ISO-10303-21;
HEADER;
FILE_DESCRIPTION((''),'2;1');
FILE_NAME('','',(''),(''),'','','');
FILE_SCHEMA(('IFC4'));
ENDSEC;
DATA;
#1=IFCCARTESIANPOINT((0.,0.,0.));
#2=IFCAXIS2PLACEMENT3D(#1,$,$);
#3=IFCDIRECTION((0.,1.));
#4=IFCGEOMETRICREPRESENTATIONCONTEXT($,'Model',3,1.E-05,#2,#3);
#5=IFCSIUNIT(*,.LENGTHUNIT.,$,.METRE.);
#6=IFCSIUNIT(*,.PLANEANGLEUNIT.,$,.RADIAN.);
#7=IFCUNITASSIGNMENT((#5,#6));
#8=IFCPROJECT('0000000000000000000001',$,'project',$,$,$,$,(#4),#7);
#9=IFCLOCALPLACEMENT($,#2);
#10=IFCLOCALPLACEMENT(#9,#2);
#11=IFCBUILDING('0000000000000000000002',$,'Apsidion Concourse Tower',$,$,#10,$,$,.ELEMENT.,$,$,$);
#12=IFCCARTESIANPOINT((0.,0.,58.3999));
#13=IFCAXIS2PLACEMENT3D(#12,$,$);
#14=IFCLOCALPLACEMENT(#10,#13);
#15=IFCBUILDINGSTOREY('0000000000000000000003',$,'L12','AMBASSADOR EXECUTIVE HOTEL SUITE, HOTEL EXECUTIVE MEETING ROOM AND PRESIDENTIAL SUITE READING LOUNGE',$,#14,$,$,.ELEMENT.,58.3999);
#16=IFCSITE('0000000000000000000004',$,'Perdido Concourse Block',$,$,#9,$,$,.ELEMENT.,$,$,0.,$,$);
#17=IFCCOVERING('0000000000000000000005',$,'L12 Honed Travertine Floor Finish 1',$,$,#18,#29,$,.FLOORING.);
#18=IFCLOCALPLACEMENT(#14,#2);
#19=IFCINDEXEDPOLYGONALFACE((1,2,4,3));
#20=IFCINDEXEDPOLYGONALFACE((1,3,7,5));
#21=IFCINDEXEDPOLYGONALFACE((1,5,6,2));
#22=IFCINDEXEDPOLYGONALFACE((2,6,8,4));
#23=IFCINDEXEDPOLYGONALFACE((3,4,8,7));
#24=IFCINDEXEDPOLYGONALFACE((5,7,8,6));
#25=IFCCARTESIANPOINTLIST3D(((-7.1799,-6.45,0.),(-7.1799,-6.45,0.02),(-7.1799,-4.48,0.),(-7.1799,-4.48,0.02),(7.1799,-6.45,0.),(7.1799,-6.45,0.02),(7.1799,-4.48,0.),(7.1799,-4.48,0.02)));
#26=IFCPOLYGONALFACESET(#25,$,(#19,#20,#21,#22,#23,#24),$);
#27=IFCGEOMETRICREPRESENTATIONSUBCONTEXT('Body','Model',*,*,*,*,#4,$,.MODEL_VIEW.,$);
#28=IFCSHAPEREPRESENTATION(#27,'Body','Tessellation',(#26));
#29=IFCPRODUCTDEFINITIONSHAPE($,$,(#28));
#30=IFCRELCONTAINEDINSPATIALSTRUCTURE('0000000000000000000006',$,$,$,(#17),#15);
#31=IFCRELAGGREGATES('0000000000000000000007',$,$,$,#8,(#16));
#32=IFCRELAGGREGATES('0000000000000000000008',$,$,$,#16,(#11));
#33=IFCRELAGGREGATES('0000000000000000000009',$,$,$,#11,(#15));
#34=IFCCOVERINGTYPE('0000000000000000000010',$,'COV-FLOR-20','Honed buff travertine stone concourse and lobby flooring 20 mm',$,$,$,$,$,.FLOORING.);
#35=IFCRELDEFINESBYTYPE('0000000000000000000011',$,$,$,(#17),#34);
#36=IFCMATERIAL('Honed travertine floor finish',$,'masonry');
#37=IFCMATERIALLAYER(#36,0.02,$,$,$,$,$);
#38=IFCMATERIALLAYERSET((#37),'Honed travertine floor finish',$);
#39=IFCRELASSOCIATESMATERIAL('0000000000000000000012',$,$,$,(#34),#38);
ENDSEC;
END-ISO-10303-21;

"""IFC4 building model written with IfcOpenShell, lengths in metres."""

from ifc_helpers import new_model, si_unit, direction, frame, origin, place, context, subcontext, project, spatial, polyline, outline, extrude, material, layer, layer_set, type_object, element, save


model = new_model("IFC4")

# Units and contexts
model_context = context("Model", 3, precision=1e-05, world=origin(), true_north=direction((0.0, 1.0)))
body_context = subcontext(model_context, "Body", "Model", "MODEL_VIEW")
ifc_project = project(units=[si_unit("LENGTHUNIT", "METRE"), si_unit("PLANEANGLEUNIT", "RADIAN")], contexts=[model_context])

# Site, building, storey
site_placement = place(None, origin())
site = spatial("IfcSite", under=ifc_project, at=site_placement, Name="Perdido Concourse Block", CompositionType="ELEMENT", RefElevation=0.0)
building_placement = place(site_placement, origin())
building = spatial("IfcBuilding", under=site, at=building_placement, Name="Apsidion Concourse Tower", CompositionType="ELEMENT")
storey_placement = place(building_placement, frame((0.0, 0.0, 58.3999)))
storey = spatial("IfcBuildingStorey", under=building, at=storey_placement, Name="L12", Description="AMBASSADOR EXECUTIVE HOTEL SUITE, HOTEL EXECUTIVE MEETING ROOM AND PRESIDENTIAL SUITE READING LOUNGE", CompositionType="ELEMENT", Elevation=58.3999)

# Covering
ifc_material_1 = material(Name="Honed travertine floor finish", Category="masonry")
ifc_layer_1 = layer(ifc_material_1, 0.02)
ifc_layer_set_1 = layer_set([ifc_layer_1], Name="Honed travertine floor finish")
covering_type_1 = type_object("IfcCoveringType", Name="COV-FLOR-20", Description="Honed buff travertine stone concourse and lobby flooring 20 mm", PredefinedType="FLOORING", material=ifc_layer_set_1)
covering_1_placement = place(storey_placement, origin())
element("IfcCovering", 1, at=covering_1_placement, inside=storey, type_object=covering_type_1, Name="L12 Honed Travertine Floor Finish 1", PredefinedType="FLOORING", context=body_context, shape_type="SweptSolid", body=[
    extrude(outline(polyline([(-7.1799, -6.45), (-7.1799, -4.48), (7.1799, -4.48), (7.1799, -6.45), (-7.1799, -6.45)])), origin(), (0.0, 0.0, 1.0), 0.02),
])

save(model, "model.ifc")
